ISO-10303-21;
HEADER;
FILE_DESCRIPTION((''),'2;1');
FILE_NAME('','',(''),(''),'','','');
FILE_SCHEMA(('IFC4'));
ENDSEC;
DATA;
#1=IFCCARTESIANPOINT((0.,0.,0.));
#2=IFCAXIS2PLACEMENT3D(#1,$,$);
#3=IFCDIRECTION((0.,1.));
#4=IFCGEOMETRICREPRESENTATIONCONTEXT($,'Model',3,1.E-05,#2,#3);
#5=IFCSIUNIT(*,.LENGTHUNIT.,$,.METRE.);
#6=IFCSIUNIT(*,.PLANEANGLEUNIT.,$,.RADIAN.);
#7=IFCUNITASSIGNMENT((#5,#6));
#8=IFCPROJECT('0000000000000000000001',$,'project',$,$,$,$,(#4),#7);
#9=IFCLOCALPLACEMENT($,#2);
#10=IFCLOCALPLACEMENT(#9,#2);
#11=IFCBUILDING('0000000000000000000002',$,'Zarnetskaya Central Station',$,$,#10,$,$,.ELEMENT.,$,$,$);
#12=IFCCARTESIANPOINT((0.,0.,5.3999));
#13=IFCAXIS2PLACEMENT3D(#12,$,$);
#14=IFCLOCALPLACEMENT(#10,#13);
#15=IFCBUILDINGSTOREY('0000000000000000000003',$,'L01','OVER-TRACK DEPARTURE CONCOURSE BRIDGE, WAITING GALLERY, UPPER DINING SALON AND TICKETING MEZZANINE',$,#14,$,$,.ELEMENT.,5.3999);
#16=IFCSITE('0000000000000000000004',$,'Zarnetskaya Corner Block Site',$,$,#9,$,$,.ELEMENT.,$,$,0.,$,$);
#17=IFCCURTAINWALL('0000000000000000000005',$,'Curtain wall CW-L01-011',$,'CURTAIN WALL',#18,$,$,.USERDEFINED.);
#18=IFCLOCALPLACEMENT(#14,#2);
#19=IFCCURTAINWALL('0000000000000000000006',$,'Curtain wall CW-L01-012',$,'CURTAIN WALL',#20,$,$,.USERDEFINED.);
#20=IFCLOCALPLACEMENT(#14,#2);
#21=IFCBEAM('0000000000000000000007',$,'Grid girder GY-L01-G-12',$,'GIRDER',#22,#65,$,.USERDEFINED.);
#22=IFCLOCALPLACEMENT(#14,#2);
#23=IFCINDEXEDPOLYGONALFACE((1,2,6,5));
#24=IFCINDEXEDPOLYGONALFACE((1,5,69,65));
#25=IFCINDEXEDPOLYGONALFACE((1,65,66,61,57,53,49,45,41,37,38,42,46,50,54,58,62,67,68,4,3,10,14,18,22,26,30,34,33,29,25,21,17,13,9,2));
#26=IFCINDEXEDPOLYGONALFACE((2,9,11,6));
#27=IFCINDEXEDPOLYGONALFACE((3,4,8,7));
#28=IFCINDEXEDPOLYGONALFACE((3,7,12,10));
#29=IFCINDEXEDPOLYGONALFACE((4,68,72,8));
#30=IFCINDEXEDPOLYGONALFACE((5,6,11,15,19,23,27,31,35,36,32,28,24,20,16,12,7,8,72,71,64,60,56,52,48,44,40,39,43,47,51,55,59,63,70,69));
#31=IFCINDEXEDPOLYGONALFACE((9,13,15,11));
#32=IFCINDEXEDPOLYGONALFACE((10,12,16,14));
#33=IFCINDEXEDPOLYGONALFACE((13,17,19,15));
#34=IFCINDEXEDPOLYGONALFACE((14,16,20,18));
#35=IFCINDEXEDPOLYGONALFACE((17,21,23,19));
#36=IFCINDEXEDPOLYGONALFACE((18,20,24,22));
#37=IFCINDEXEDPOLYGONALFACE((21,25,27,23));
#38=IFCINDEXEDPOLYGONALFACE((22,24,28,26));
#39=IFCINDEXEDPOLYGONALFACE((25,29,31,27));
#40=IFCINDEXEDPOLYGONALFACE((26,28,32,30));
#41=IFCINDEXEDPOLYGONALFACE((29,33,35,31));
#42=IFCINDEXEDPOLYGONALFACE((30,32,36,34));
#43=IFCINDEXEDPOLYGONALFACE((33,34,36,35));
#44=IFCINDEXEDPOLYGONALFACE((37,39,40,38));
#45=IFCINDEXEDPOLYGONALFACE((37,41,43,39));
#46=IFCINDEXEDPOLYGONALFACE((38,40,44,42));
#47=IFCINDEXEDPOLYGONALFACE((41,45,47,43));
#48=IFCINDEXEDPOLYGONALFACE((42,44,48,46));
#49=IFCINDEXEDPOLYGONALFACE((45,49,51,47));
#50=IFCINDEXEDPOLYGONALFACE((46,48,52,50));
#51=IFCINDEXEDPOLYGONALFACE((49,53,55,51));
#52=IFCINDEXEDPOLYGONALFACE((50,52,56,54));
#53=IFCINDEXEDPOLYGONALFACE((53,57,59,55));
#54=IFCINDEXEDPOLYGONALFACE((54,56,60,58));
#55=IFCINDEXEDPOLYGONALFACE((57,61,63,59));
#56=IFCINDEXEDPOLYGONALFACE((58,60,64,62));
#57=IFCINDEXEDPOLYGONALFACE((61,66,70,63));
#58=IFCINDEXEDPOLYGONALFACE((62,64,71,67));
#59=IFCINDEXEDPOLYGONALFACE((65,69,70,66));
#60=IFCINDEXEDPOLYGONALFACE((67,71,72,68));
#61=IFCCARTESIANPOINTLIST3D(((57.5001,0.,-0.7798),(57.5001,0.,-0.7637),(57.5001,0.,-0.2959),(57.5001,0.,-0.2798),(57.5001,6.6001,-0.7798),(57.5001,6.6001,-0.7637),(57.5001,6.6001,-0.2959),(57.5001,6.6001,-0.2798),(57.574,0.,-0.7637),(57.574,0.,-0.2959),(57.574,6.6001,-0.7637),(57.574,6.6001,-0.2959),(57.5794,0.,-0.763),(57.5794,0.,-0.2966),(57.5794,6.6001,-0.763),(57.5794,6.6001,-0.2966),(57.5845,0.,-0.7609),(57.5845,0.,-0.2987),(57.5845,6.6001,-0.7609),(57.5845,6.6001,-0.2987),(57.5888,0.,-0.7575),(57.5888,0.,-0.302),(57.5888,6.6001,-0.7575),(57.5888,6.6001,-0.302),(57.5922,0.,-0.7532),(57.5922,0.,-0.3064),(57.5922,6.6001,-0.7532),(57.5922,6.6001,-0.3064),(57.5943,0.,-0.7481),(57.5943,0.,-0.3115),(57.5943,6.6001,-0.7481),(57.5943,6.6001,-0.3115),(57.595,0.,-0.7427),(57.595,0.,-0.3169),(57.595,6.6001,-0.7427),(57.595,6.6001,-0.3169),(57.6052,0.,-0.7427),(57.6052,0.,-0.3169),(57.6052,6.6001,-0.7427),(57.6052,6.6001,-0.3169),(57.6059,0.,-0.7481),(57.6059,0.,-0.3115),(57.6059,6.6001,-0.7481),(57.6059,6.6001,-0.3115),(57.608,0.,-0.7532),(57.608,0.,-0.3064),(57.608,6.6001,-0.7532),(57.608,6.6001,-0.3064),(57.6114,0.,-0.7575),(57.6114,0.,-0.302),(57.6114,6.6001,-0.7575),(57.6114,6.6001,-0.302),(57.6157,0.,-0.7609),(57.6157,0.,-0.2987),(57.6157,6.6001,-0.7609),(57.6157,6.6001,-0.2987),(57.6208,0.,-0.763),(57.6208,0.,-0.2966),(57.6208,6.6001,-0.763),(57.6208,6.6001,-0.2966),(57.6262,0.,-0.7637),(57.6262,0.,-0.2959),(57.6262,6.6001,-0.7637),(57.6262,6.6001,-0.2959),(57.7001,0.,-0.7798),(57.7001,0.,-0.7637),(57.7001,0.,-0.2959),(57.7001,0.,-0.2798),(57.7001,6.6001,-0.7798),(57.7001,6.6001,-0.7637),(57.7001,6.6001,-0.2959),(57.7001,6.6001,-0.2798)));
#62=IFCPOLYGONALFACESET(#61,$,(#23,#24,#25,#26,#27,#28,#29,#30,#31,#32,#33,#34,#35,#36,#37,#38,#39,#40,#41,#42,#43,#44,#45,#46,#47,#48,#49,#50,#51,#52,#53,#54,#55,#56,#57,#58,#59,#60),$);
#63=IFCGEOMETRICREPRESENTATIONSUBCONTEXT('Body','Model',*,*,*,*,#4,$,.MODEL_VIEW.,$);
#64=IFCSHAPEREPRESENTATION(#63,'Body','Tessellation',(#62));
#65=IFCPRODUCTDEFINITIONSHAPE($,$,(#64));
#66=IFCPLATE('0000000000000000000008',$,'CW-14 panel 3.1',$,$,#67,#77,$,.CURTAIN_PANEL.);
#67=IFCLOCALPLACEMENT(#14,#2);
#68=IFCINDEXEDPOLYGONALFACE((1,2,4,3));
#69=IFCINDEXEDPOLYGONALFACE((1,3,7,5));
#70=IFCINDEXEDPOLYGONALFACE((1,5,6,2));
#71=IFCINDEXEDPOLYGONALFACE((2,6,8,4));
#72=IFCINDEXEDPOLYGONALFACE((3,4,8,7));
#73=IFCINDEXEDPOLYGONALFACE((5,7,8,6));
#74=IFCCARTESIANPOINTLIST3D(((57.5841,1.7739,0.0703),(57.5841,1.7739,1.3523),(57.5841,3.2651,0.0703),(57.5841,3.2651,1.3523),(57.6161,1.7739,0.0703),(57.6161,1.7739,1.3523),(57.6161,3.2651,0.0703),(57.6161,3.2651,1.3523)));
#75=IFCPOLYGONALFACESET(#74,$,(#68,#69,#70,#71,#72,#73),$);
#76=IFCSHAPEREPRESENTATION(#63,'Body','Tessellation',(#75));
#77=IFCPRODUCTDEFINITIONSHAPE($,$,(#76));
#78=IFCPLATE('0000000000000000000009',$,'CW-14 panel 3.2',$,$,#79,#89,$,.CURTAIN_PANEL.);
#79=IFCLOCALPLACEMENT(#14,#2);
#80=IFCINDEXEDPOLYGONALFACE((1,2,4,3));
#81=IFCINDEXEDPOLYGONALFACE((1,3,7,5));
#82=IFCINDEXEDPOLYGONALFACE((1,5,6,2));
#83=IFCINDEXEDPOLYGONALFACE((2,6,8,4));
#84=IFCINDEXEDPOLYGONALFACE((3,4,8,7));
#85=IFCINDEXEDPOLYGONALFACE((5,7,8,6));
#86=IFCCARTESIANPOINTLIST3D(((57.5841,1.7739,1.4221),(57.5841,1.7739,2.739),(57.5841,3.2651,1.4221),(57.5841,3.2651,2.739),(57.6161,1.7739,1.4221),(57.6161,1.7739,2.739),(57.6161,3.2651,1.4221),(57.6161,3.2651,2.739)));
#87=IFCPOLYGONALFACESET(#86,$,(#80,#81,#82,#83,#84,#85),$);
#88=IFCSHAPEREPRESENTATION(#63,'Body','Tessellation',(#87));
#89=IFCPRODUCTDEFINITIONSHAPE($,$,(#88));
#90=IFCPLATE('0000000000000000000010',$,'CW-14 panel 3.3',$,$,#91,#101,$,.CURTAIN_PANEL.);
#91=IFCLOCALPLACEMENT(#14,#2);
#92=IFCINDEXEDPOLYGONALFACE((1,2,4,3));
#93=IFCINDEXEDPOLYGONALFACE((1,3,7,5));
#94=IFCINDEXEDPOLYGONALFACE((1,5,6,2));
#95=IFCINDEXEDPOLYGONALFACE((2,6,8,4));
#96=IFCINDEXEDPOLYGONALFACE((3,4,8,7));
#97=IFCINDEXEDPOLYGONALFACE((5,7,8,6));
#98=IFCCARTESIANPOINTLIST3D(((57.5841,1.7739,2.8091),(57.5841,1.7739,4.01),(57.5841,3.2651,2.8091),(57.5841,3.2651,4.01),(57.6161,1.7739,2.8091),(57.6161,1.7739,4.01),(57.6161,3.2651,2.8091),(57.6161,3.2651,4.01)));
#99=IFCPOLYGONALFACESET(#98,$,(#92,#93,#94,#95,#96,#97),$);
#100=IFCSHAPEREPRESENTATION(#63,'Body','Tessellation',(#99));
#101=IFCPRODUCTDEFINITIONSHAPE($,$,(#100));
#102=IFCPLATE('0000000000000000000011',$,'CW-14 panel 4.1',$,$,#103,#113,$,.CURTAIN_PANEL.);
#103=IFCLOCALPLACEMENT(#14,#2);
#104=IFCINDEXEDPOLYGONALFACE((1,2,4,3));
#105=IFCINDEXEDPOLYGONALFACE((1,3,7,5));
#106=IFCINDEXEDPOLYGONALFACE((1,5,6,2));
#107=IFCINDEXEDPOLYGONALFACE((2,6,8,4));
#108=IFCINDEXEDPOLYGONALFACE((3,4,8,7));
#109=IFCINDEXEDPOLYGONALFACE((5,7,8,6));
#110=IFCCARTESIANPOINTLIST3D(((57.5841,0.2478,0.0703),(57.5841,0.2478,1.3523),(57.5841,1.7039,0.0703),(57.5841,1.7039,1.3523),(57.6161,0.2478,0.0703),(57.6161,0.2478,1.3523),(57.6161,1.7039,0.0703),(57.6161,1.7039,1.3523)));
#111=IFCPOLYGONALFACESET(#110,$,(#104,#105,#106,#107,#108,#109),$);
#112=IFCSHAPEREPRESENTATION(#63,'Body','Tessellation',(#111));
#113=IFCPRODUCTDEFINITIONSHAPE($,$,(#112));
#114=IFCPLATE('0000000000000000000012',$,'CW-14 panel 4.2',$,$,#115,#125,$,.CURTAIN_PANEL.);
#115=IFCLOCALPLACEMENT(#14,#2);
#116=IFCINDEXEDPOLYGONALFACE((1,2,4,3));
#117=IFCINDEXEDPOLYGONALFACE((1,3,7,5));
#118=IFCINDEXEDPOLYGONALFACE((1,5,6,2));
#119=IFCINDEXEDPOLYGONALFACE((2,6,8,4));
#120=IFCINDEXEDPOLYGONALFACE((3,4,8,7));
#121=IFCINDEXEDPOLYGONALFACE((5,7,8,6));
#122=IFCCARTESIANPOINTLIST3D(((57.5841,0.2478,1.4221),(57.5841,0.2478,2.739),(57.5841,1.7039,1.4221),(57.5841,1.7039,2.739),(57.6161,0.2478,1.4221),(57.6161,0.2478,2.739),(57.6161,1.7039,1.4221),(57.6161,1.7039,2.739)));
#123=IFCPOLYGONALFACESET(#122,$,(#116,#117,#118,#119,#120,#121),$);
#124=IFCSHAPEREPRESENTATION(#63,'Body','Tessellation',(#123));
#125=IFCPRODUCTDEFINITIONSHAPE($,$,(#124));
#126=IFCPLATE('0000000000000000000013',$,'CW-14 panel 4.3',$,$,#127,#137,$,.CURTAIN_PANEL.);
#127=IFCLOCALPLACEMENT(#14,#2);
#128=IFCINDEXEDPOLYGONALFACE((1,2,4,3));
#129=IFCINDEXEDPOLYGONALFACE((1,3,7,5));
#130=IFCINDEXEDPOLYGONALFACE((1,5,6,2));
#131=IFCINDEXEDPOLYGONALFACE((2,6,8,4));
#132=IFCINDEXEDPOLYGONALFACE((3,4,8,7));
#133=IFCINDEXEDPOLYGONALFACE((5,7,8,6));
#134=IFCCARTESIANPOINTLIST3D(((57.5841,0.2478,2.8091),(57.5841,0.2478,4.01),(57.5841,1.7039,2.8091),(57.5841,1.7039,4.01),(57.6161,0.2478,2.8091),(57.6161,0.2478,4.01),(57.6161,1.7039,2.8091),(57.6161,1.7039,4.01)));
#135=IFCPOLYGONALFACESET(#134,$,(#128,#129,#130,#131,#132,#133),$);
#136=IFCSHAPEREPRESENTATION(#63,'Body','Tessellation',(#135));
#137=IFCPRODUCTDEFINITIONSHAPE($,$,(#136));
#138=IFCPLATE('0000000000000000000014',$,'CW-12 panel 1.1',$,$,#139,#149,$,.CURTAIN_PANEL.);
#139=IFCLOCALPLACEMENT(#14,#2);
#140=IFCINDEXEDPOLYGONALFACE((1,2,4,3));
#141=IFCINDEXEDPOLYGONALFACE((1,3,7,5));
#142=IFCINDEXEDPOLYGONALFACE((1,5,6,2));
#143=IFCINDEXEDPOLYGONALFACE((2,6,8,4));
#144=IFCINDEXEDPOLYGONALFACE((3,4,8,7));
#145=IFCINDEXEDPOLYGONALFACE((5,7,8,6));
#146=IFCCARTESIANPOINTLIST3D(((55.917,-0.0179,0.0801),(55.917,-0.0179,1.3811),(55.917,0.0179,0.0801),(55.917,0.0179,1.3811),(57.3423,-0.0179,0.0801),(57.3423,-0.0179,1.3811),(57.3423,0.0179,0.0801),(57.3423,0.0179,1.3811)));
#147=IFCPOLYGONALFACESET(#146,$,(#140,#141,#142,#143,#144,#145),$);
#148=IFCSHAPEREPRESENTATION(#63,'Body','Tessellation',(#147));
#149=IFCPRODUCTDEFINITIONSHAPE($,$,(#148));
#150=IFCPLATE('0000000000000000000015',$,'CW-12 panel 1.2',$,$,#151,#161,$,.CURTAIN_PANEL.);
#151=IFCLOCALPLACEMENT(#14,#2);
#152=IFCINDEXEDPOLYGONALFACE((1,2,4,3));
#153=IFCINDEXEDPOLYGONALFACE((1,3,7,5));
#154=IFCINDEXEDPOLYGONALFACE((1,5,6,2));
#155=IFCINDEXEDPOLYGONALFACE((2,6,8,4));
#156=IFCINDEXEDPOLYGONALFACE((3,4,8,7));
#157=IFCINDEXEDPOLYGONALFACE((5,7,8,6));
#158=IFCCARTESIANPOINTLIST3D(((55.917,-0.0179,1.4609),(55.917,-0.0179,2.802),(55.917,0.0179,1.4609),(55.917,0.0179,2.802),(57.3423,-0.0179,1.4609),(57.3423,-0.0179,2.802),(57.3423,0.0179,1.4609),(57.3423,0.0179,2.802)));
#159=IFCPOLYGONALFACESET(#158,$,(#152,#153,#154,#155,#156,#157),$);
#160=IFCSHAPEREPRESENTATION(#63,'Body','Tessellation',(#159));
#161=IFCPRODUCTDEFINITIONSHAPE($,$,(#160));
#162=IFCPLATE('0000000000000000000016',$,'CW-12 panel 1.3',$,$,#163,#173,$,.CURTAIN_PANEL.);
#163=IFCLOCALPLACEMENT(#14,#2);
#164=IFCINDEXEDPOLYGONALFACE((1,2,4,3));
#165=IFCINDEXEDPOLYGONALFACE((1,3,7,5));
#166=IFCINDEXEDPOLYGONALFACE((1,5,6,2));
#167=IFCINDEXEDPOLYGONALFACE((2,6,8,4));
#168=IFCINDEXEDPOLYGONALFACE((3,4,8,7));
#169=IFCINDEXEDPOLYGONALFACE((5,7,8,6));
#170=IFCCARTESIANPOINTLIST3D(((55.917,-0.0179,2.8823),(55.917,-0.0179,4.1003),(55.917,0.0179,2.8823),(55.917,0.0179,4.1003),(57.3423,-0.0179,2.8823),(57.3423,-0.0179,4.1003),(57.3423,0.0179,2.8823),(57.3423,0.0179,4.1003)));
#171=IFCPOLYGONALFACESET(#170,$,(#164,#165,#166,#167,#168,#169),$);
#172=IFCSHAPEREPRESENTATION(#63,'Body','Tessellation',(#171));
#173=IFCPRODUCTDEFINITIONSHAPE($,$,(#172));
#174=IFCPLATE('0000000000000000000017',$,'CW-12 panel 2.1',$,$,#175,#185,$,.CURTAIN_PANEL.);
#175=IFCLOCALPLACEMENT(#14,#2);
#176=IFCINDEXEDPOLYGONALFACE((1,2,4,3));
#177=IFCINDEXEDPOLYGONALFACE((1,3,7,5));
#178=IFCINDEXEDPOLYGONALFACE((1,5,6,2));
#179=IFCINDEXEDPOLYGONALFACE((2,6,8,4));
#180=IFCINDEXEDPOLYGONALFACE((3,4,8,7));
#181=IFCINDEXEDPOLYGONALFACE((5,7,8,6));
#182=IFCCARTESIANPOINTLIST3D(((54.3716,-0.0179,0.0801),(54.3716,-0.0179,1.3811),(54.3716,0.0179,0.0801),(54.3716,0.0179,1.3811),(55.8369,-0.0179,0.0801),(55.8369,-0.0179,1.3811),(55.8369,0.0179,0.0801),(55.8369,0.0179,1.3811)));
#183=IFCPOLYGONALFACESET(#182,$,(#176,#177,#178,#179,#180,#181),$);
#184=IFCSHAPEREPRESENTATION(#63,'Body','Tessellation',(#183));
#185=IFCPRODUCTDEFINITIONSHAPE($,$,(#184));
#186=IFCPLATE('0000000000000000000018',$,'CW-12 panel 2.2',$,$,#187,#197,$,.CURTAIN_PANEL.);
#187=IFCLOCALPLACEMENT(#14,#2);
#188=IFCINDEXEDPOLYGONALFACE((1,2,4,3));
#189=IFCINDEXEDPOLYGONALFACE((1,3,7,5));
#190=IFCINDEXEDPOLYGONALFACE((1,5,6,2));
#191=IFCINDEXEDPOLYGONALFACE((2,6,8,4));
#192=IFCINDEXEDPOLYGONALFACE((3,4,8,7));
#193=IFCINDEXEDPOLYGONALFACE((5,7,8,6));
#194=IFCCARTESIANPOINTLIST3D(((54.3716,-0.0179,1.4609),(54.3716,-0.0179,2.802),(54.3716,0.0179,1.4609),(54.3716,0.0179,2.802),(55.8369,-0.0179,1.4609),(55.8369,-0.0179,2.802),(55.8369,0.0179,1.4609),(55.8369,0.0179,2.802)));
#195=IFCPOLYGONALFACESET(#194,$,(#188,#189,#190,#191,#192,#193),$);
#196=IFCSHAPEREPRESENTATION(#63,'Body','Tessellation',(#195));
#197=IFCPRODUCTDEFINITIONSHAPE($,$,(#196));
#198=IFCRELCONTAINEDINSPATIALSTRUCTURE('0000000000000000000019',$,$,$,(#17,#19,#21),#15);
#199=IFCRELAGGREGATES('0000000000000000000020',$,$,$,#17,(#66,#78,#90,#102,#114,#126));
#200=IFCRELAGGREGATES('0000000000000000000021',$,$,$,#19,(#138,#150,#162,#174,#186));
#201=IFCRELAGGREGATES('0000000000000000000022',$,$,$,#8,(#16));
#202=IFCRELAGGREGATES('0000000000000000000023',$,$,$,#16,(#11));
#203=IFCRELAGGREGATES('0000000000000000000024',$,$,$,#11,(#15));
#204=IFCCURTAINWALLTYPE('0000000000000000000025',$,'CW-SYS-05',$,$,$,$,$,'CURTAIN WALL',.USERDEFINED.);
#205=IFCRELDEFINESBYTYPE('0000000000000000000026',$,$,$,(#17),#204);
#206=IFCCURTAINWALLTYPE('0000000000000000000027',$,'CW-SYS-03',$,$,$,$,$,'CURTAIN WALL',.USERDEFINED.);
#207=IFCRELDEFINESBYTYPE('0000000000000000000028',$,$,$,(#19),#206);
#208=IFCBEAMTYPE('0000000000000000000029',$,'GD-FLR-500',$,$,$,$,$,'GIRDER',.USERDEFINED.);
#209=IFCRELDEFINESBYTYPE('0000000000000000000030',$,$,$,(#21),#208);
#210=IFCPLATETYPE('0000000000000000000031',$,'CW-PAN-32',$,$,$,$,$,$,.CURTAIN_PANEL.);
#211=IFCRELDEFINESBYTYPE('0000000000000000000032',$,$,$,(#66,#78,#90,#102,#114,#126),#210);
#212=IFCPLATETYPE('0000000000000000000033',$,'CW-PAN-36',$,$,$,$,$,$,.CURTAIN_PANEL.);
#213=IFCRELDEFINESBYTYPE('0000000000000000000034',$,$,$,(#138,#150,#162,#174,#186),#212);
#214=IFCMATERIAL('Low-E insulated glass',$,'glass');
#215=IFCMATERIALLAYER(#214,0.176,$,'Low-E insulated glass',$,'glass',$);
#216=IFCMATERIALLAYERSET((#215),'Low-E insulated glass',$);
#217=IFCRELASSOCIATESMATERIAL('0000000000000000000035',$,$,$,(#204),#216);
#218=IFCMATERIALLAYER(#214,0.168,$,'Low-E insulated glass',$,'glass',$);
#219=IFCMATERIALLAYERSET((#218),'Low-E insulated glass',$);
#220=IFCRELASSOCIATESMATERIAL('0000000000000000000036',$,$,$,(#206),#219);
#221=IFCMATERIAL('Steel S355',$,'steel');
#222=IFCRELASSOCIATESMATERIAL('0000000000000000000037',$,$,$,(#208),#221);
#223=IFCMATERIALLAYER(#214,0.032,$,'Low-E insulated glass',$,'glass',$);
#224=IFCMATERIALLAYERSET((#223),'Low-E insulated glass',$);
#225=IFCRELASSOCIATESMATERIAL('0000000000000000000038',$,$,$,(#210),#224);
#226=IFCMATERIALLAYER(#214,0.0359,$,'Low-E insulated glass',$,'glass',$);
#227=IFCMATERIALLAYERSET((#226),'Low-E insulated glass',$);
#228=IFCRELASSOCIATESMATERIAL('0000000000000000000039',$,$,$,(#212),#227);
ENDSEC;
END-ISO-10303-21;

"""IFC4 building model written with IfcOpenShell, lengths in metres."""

from ifc_helpers import new_model, si_unit, direction, frame, origin, origin_2d, place, context, subcontext, project, spatial, rectangle, i_section, extrude, material, layer, layer_set, material_profile, profile_set, type_object, element, aggregate, save


model = new_model("IFC4")

# Units and contexts
model_context = context("Model", 3, precision=1e-05, world=origin(), true_north=direction((0.0, 1.0)))
body_context = subcontext(model_context, "Body", "Model", "MODEL_VIEW")
ifc_project = project(units=[si_unit("LENGTHUNIT", "METRE"), si_unit("PLANEANGLEUNIT", "RADIAN")], contexts=[model_context])

# Site, building, storey
site_placement = place(None, origin())
site = spatial("IfcSite", under=ifc_project, at=site_placement, Name="Zarnetskaya Corner Block Site", CompositionType="ELEMENT", RefElevation=0.0)
building_placement = place(site_placement, origin())
building = spatial("IfcBuilding", under=site, at=building_placement, Name="Zarnetskaya Central Station", CompositionType="ELEMENT")
storey_placement = place(building_placement, frame((0.0, 0.0, 5.3999)))
storey = spatial("IfcBuildingStorey", under=building, at=storey_placement, Name="L01", Description="OVER-TRACK DEPARTURE CONCOURSE BRIDGE, WAITING GALLERY, UPPER DINING SALON AND TICKETING MEZZANINE", CompositionType="ELEMENT", Elevation=5.3999)

# Shared definitions
ifc_material_1 = material(Name="Steel S355", Category="steel")

# Curtain walls
ifc_material_2 = material(Name="Low-E insulated glass", Category="glass")
ifc_layer_1 = layer(ifc_material_2, 0.176, Name="Low-E insulated glass", Category="glass")
ifc_layer_set_1 = layer_set([ifc_layer_1], Name="Low-E insulated glass")
curtain_wall_type_1 = type_object("IfcCurtainWallType", Name="CW-SYS-05", ElementType="CURTAIN WALL", PredefinedType="USERDEFINED", material=ifc_layer_set_1)
curtain_wall_1_placement = place(storey_placement, origin())
curtain_wall_1 = element("IfcCurtainWall", 1, at=curtain_wall_1_placement, inside=storey, type_object=curtain_wall_type_1, Name="Curtain wall CW-L01-011", ObjectType="CURTAIN WALL", PredefinedType="USERDEFINED")
ifc_layer_2 = layer(ifc_material_2, 0.168, Name="Low-E insulated glass", Category="glass")
ifc_layer_set_2 = layer_set([ifc_layer_2], Name="Low-E insulated glass")
curtain_wall_type_2 = type_object("IfcCurtainWallType", Name="CW-SYS-03", ElementType="CURTAIN WALL", PredefinedType="USERDEFINED", material=ifc_layer_set_2)
curtain_wall_2_placement = place(storey_placement, origin())
curtain_wall_2 = element("IfcCurtainWall", 2, at=curtain_wall_2_placement, inside=storey, type_object=curtain_wall_type_2, Name="Curtain wall CW-L01-012", ObjectType="CURTAIN WALL", PredefinedType="USERDEFINED")

# Beam
ifc_material_profile_1 = material_profile(ifc_material_1, i_section(OverallWidth=0.2, OverallDepth=0.5, WebThickness=0.0103, FlangeThickness=0.0161, FilletRadius=0.021, at=origin_2d()), Name="IPE 500")
ifc_profile_set_1 = profile_set([ifc_material_profile_1], Name="Steel S355")
beam_type = type_object("IfcBeamType", Name="GD-FLR-500", ElementType="GIRDER", PredefinedType="USERDEFINED", material=ifc_profile_set_1)
beam_placement = place(storey_placement, frame((57.6001, 0.0, -0.5298), z_axis=(0.0, 1.0, 0.0), x_axis=(-1.0, 0.0, 0.0)))
element("IfcBeam", 3, at=beam_placement, inside=storey, type_object=beam_type, Name="Grid girder GY-L01-G-12", ObjectType="GIRDER", PredefinedType="USERDEFINED", context=body_context, shape_type="SweptSolid", body=[
    extrude(i_section(OverallWidth=0.2, OverallDepth=0.5, WebThickness=0.0103, FlangeThickness=0.0161, FilletRadius=0.021, at=origin_2d()), origin(), (0.0, 0.0, 1.0), 6.6001),
])

# Plates
ifc_layer_3 = layer(ifc_material_2, 0.032, Name="Low-E insulated glass", Category="glass")
ifc_layer_set_3 = layer_set([ifc_layer_3], Name="Low-E insulated glass")
plate_type_1 = type_object("IfcPlateType", Name="CW-PAN-32", PredefinedType="CURTAIN_PANEL", material=ifc_layer_set_3)
plate_1_placement = place(storey_placement, frame((57.6001, 2.5195, 0.0703), z_axis=(0.0, 0.0, 1.0), x_axis=(0.0, -1.0, 0.0)))
plate_1 = element("IfcPlate", 4, at=plate_1_placement, type_object=plate_type_1, Name="CW-14 panel 3.1", PredefinedType="CURTAIN_PANEL", context=body_context, shape_type="SweptSolid", body=[
    extrude(rectangle(XDim=1.4912, YDim=0.032, at=origin_2d()), origin(), (0.0, 0.0, 1.0), 1.282),
])
plate_2_placement = place(storey_placement, frame((57.6001, 2.5195, 1.4221), z_axis=(0.0, 0.0, 1.0), x_axis=(0.0, -1.0, 0.0)))
plate_2 = element("IfcPlate", 5, at=plate_2_placement, type_object=plate_type_1, Name="CW-14 panel 3.2", PredefinedType="CURTAIN_PANEL", context=body_context, shape_type="SweptSolid", body=[
    extrude(rectangle(XDim=1.4912, YDim=0.032, at=origin_2d()), origin(), (0.0, 0.0, 1.0), 1.3169),
])
plate_3_placement = place(storey_placement, frame((57.6001, 2.5195, 2.8091), z_axis=(0.0, 0.0, 1.0), x_axis=(0.0, -1.0, 0.0)))
plate_3 = element("IfcPlate", 6, at=plate_3_placement, type_object=plate_type_1, Name="CW-14 panel 3.3", PredefinedType="CURTAIN_PANEL", context=body_context, shape_type="SweptSolid", body=[
    extrude(rectangle(XDim=1.4912, YDim=0.032, at=origin_2d()), origin(), (0.0, 0.0, 1.0), 1.2009),
])
plate_4_placement = place(storey_placement, frame((57.6001, 0.9758, 0.0703), z_axis=(0.0, 0.0, 1.0), x_axis=(0.0, -1.0, 0.0)))
plate_4 = element("IfcPlate", 7, at=plate_4_placement, type_object=plate_type_1, Name="CW-14 panel 4.1", PredefinedType="CURTAIN_PANEL", context=body_context, shape_type="SweptSolid", body=[
    extrude(rectangle(XDim=1.4561, YDim=0.032, at=origin_2d()), origin(), (0.0, 0.0, 1.0), 1.282),
])
plate_5_placement = place(storey_placement, frame((57.6001, 0.9758, 1.4221), z_axis=(0.0, 0.0, 1.0), x_axis=(0.0, -1.0, 0.0)))
plate_5 = element("IfcPlate", 8, at=plate_5_placement, type_object=plate_type_1, Name="CW-14 panel 4.2", PredefinedType="CURTAIN_PANEL", context=body_context, shape_type="SweptSolid", body=[
    extrude(rectangle(XDim=1.4561, YDim=0.032, at=origin_2d()), origin(), (0.0, 0.0, 1.0), 1.3169),
])
plate_6_placement = place(storey_placement, frame((57.6001, 0.9758, 2.8091), z_axis=(0.0, 0.0, 1.0), x_axis=(0.0, -1.0, 0.0)))
plate_6 = element("IfcPlate", 9, at=plate_6_placement, type_object=plate_type_1, Name="CW-14 panel 4.3", PredefinedType="CURTAIN_PANEL", context=body_context, shape_type="SweptSolid", body=[
    extrude(rectangle(XDim=1.4561, YDim=0.032, at=origin_2d()), origin(), (0.0, 0.0, 1.0), 1.2009),
])
aggregate(curtain_wall_1, [plate_1, plate_2, plate_3, plate_4, plate_5, plate_6])
ifc_layer_4 = layer(ifc_material_2, 0.0359, Name="Low-E insulated glass", Category="glass")
ifc_layer_set_4 = layer_set([ifc_layer_4], Name="Low-E insulated glass")
plate_type_2 = type_object("IfcPlateType", Name="CW-PAN-36", PredefinedType="CURTAIN_PANEL", material=ifc_layer_set_4)
plate_7_placement = place(storey_placement, frame((56.6296, 0.0, 0.0801), z_axis=(0.0, 0.0, 1.0), x_axis=(-1.0, 0.0, 0.0)))
plate_7 = element("IfcPlate", 10, at=plate_7_placement, type_object=plate_type_2, Name="CW-12 panel 1.1", PredefinedType="CURTAIN_PANEL", context=body_context, shape_type="SweptSolid", body=[
    extrude(rectangle(XDim=1.4253, YDim=0.0359, at=origin_2d()), origin(), (0.0, 0.0, 1.0), 1.301),
])
plate_8_placement = place(storey_placement, frame((56.6296, 0.0, 1.4609), z_axis=(0.0, 0.0, 1.0), x_axis=(-1.0, 0.0, 0.0)))
plate_8 = element("IfcPlate", 11, at=plate_8_placement, type_object=plate_type_2, Name="CW-12 panel 1.2", PredefinedType="CURTAIN_PANEL", context=body_context, shape_type="SweptSolid", body=[
    extrude(rectangle(XDim=1.4253, YDim=0.0359, at=origin_2d()), origin(), (0.0, 0.0, 1.0), 1.3411),
])
plate_9_placement = place(storey_placement, frame((56.6296, 0.0, 2.8823), z_axis=(0.0, 0.0, 1.0), x_axis=(-1.0, 0.0, 0.0)))
plate_9 = element("IfcPlate", 12, at=plate_9_placement, type_object=plate_type_2, Name="CW-12 panel 1.3", PredefinedType="CURTAIN_PANEL", context=body_context, shape_type="SweptSolid", body=[
    extrude(rectangle(XDim=1.4253, YDim=0.0359, at=origin_2d()), origin(), (0.0, 0.0, 1.0), 1.218),
])
plate_10_placement = place(storey_placement, frame((55.1042, 0.0, 0.0801), z_axis=(0.0, 0.0, 1.0), x_axis=(-1.0, 0.0, 0.0)))
plate_10 = element("IfcPlate", 13, at=plate_10_placement, type_object=plate_type_2, Name="CW-12 panel 2.1", PredefinedType="CURTAIN_PANEL", context=body_context, shape_type="SweptSolid", body=[
    extrude(rectangle(XDim=1.4653, YDim=0.0359, at=origin_2d()), origin(), (0.0, 0.0, 1.0), 1.301),
])
plate_11_placement = place(storey_placement, frame((55.1042, 0.0, 1.4609), z_axis=(0.0, 0.0, 1.0), x_axis=(-1.0, 0.0, 0.0)))
plate_11 = element("IfcPlate", 14, at=plate_11_placement, type_object=plate_type_2, Name="CW-12 panel 2.2", PredefinedType="CURTAIN_PANEL", context=body_context, shape_type="SweptSolid", body=[
    extrude(rectangle(XDim=1.4653, YDim=0.0359, at=origin_2d()), origin(), (0.0, 0.0, 1.0), 1.3411),
])
aggregate(curtain_wall_2, [plate_7, plate_8, plate_9, plate_10, plate_11])

save(model, "model.ifc")
